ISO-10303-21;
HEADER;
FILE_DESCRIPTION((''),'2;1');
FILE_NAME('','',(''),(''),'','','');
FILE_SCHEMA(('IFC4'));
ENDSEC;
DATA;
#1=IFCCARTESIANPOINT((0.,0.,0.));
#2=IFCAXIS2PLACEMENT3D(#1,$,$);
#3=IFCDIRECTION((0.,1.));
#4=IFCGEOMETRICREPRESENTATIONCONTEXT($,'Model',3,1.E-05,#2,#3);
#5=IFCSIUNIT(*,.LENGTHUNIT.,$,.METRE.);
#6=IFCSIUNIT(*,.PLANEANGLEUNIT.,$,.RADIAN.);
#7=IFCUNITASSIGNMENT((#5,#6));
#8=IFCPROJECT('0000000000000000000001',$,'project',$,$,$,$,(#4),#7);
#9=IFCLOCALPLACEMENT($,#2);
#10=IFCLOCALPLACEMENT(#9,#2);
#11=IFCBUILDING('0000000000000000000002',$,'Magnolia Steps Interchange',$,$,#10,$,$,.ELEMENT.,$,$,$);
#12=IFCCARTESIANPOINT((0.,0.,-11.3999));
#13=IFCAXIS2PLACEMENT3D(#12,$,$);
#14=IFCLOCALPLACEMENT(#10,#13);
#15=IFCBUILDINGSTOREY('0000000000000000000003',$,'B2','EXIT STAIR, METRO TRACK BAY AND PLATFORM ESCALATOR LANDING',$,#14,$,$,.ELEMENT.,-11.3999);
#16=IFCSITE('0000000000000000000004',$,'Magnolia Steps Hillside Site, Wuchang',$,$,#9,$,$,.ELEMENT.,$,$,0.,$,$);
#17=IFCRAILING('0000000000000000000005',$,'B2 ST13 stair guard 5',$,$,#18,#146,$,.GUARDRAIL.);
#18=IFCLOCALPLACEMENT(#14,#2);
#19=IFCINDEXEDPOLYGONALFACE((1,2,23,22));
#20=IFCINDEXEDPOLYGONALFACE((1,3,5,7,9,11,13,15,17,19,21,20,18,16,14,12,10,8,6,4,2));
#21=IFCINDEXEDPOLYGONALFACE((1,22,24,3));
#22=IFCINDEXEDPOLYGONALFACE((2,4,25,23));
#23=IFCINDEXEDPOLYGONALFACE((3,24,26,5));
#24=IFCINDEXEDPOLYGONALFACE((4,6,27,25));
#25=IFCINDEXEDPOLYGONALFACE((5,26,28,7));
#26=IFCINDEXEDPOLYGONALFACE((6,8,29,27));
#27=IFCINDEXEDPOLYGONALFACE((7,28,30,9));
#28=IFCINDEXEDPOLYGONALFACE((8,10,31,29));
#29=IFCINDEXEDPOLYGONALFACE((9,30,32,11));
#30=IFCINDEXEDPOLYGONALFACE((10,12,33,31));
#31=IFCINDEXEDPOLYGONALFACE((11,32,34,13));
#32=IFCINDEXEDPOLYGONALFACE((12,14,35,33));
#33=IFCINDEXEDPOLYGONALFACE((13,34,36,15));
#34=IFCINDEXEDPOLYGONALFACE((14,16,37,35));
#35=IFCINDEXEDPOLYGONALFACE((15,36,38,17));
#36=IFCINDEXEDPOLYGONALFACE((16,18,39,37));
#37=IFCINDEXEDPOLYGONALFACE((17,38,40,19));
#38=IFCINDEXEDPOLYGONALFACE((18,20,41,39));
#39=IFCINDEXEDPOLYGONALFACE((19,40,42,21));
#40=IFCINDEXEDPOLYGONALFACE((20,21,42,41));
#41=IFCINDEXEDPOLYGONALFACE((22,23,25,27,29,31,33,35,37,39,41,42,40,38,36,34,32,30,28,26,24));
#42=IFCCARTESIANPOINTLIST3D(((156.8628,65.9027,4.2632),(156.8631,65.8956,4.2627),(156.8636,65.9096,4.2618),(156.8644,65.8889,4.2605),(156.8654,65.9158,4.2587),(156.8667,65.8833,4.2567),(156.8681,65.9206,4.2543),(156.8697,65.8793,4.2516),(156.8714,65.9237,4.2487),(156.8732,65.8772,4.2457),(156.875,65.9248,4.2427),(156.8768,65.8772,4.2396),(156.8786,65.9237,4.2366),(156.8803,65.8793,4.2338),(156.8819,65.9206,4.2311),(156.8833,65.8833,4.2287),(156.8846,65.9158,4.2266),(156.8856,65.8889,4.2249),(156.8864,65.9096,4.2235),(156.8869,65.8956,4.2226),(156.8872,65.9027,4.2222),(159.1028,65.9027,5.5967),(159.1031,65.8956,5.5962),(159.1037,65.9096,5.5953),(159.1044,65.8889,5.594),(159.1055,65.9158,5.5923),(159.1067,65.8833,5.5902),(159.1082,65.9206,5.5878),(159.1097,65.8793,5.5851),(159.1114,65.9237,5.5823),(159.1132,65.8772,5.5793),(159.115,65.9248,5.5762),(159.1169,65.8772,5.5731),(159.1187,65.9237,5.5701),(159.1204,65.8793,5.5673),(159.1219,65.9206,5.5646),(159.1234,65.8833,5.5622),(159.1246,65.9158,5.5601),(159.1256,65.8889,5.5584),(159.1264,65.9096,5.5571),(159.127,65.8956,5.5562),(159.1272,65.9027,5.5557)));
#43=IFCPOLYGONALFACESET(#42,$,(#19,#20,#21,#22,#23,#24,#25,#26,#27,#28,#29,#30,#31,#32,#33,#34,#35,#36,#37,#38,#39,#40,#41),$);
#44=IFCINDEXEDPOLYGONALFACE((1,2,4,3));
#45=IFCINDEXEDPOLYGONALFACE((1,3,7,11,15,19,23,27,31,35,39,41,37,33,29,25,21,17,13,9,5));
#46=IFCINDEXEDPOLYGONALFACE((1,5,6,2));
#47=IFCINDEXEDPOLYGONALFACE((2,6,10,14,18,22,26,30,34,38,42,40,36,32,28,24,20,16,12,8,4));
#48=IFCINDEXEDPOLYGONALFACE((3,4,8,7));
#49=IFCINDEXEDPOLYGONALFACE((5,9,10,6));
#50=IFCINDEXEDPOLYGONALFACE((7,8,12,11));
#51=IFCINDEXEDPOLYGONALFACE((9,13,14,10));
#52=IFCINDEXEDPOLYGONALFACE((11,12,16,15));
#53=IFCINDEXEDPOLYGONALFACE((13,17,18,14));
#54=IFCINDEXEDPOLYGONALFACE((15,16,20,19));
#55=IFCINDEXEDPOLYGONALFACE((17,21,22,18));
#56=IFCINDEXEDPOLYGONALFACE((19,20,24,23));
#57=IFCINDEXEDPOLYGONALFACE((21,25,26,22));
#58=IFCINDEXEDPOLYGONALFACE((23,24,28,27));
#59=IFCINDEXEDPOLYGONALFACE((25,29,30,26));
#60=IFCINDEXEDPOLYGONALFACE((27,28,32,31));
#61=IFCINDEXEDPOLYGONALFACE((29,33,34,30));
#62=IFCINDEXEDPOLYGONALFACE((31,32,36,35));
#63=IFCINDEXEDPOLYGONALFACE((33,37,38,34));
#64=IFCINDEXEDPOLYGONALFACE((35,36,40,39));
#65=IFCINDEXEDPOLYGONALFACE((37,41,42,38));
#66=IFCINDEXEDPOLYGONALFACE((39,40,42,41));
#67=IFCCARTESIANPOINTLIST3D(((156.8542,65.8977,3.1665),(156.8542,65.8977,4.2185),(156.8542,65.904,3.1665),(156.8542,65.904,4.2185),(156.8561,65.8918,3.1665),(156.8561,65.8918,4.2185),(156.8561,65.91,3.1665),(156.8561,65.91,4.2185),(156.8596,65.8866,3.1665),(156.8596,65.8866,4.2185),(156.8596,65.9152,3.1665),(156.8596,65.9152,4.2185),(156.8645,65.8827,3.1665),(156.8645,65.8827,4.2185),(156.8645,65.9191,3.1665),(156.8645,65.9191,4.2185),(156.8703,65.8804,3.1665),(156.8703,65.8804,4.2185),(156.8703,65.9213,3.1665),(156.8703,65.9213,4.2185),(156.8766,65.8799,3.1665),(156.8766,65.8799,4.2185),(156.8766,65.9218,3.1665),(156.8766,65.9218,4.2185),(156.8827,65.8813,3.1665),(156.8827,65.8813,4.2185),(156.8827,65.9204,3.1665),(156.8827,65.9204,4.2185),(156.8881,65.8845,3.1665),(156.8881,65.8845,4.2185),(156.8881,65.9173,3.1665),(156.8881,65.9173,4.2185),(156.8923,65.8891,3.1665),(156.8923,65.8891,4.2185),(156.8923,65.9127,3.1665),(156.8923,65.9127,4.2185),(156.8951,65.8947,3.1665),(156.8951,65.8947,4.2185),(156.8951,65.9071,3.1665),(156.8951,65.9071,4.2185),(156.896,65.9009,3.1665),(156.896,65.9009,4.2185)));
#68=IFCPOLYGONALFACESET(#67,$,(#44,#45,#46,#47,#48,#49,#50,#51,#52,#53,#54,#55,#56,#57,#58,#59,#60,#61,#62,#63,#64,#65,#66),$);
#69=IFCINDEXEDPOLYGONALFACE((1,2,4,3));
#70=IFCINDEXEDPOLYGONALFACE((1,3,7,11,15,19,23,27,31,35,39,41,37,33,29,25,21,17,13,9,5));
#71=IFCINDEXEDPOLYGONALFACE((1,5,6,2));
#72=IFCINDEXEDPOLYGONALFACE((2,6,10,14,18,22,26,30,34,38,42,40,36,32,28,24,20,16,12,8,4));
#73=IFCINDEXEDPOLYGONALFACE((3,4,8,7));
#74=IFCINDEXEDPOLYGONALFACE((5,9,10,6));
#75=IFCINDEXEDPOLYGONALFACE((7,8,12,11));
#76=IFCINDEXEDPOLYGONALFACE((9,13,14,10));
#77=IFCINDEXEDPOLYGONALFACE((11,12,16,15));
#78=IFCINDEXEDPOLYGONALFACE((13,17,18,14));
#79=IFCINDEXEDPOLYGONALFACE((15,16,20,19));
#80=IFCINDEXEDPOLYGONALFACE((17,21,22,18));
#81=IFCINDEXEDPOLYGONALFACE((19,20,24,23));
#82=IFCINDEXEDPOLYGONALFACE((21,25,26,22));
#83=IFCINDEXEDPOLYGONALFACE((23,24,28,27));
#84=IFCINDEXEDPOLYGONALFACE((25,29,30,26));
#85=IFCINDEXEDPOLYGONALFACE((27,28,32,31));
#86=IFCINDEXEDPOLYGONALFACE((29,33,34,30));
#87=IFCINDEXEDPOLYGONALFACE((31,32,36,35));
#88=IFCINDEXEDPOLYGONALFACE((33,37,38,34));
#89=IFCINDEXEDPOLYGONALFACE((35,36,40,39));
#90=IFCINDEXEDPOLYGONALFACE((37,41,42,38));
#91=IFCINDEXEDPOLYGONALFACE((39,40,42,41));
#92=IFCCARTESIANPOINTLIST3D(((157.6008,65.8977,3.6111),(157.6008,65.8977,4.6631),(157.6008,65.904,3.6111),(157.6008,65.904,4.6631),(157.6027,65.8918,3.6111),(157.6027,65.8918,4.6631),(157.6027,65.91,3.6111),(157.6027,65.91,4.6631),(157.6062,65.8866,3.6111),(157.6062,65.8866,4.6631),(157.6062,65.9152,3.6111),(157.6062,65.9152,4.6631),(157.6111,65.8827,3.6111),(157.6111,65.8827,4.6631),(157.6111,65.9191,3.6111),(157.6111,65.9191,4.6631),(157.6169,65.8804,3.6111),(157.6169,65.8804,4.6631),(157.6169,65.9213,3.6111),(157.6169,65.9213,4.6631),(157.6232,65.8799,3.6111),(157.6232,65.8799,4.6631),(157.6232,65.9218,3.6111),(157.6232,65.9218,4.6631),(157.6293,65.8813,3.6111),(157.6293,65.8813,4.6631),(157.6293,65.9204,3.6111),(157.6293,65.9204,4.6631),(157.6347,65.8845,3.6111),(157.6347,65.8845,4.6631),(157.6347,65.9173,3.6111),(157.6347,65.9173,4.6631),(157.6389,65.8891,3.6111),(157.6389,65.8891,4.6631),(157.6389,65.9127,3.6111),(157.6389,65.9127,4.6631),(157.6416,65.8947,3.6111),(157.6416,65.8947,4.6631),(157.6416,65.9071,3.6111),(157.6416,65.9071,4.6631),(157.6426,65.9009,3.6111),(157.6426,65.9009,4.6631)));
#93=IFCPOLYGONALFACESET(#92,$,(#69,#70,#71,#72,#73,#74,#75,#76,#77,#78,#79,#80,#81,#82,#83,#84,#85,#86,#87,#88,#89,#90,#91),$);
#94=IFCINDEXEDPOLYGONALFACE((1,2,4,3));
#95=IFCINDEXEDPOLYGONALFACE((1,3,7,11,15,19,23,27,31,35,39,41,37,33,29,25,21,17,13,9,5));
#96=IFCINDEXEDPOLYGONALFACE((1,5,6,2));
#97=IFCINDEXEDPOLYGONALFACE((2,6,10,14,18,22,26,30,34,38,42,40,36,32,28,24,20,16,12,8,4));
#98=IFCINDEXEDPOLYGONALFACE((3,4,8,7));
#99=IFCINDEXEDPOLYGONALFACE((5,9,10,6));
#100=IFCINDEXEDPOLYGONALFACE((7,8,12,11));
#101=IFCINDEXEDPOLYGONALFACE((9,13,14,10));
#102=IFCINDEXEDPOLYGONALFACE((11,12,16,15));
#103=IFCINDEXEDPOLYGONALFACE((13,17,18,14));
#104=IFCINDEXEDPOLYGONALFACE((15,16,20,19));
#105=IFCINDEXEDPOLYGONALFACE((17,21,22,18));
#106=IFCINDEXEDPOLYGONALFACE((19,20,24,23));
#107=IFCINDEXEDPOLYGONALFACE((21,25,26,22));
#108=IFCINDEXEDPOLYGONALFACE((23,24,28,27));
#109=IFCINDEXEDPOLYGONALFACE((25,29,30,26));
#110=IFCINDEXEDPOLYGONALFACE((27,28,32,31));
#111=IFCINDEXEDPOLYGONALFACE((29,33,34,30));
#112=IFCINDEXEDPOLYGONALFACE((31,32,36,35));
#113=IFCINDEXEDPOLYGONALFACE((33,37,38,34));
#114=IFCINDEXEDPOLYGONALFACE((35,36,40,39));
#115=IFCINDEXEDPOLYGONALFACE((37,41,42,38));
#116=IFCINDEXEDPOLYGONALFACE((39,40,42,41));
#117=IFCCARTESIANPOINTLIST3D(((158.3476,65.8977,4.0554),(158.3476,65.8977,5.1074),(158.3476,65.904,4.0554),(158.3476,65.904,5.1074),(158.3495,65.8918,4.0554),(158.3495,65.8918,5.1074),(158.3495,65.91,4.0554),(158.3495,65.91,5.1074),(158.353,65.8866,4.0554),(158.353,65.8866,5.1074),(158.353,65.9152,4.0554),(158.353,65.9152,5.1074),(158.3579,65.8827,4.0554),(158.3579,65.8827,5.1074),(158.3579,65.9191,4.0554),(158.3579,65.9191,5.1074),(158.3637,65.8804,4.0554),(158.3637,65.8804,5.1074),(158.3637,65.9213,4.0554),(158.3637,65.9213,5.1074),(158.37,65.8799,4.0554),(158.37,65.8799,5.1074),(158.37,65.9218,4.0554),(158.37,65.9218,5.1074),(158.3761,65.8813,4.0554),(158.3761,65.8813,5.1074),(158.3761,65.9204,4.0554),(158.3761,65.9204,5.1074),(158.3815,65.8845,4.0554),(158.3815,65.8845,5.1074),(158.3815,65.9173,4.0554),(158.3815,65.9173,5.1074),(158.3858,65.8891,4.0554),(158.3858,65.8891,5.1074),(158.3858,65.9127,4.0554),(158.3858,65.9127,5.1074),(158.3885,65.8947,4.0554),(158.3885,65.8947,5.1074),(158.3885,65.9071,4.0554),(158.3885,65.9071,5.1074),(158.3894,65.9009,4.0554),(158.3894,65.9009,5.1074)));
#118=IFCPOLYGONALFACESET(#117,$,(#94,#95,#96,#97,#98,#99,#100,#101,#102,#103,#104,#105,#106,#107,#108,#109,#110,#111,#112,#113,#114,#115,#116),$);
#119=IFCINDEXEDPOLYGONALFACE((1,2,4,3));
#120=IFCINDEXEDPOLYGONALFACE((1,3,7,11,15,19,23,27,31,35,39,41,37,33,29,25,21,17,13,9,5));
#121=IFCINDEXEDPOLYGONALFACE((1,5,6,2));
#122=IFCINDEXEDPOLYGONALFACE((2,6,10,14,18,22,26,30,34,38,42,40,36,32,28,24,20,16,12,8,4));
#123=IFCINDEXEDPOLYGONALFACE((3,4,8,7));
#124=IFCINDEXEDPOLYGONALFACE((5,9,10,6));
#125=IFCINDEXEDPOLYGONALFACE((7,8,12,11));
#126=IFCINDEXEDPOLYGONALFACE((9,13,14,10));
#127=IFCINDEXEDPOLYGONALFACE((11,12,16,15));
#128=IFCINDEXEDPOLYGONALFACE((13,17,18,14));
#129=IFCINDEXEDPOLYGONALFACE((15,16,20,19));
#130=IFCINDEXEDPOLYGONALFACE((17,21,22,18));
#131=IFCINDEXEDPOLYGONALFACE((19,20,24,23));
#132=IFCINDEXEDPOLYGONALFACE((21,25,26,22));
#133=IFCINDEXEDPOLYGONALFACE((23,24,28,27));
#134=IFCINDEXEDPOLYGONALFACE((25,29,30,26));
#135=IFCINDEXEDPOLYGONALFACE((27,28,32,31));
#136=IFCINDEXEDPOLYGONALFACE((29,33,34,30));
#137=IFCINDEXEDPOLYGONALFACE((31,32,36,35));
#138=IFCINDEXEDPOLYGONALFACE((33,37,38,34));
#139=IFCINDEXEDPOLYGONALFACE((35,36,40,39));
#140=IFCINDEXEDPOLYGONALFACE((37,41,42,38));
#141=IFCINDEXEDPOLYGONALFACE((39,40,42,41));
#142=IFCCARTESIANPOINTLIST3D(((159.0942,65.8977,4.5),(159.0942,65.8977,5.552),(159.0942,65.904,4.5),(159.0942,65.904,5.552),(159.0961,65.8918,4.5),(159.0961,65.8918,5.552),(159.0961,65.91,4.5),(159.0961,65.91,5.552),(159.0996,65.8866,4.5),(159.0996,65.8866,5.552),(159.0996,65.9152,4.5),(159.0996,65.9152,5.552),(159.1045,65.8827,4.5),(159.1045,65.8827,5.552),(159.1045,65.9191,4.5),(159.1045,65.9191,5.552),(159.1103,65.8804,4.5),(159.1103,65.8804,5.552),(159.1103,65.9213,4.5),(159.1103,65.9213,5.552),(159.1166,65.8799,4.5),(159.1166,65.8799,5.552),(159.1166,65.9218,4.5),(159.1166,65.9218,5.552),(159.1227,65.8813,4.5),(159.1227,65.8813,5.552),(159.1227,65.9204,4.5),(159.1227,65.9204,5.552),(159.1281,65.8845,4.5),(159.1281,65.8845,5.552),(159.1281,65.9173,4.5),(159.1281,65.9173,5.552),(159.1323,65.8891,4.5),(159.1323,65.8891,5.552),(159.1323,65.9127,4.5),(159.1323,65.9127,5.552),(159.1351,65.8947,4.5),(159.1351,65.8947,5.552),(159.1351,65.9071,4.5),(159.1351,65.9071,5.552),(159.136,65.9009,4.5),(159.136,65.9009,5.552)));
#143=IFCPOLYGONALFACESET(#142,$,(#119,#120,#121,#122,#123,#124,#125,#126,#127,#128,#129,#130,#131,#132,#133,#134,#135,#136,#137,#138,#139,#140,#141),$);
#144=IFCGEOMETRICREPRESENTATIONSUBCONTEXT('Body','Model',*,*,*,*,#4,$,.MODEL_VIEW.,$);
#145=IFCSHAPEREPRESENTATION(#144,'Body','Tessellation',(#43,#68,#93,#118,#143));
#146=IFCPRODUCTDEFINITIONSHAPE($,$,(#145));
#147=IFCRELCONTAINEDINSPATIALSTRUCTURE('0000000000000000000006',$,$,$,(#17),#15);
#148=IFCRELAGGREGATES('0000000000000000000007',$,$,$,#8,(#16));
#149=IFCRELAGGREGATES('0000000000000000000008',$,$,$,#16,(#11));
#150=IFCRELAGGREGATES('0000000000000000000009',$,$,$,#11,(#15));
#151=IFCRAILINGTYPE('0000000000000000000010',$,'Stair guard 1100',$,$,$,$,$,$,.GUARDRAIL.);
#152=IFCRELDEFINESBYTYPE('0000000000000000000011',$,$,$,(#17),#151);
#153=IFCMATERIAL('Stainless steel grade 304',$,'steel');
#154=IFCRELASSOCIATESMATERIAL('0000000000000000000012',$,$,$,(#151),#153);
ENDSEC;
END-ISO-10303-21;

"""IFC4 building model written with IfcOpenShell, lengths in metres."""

from ifc_helpers import new_model, si_unit, direction, frame, origin, origin_2d, place, context, subcontext, project, spatial, circle, extrude, material, type_object, element, save


model = new_model("IFC4")

# Units and contexts
model_context = context("Model", 3, precision=1e-05, world=origin(), true_north=direction((0.0, 1.0)))
body_context = subcontext(model_context, "Body", "Model", "MODEL_VIEW")
ifc_project = project(units=[si_unit("LENGTHUNIT", "METRE"), si_unit("PLANEANGLEUNIT", "RADIAN")], contexts=[model_context])

# Site, building, storey
site_placement = place(None, origin())
site = spatial("IfcSite", under=ifc_project, at=site_placement, Name="Magnolia Steps Hillside Site, Wuchang", CompositionType="ELEMENT", RefElevation=0.0)
building_placement = place(site_placement, origin())
building = spatial("IfcBuilding", under=site, at=building_placement, Name="Magnolia Steps Interchange", CompositionType="ELEMENT")
storey_placement = place(building_placement, frame((0.0, 0.0, -11.3999)))
storey = spatial("IfcBuildingStorey", under=building, at=storey_placement, Name="B2", Description="EXIT STAIR, METRO TRACK BAY AND PLATFORM ESCALATOR LANDING", CompositionType="ELEMENT", Elevation=-11.3999)

# Railing
ifc_material_1 = material(Name="Stainless steel grade 304", Category="steel")
railing_type_1 = type_object("IfcRailingType", Name="Stair guard 1100", PredefinedType="GUARDRAIL", material=ifc_material_1)
railing_1_placement = place(storey_placement, frame((156.875, 65.9009, 3.1665)))
element("IfcRailing", 1, at=railing_1_placement, inside=storey, type_object=railing_type_1, Name="B2 ST13 stair guard 5", PredefinedType="GUARDRAIL", context=body_context, shape_type="SweptSolid", body=[
    extrude(circle(Radius=0.0239, at=origin_2d()), frame((0.0, 0.0, 1.0762), z_axis=(0.859264, 0.0, 0.511532), x_axis=(0.0, 1.0, 0.0)), (0.0, 0.0, 1.0), 2.6069),
    extrude(circle(Radius=0.021, at=origin_2d()), origin(), (0.0, 0.0, 1.0), 1.052),
    extrude(circle(Radius=0.021, at=origin_2d()), frame((0.7466, 0.0, 0.4446)), (0.0, 0.0, 1.0), 1.052),
    extrude(circle(Radius=0.021, at=origin_2d()), frame((1.4934, 0.0, 0.8889)), (0.0, 0.0, 1.0), 1.052),
    extrude(circle(Radius=0.021, at=origin_2d()), frame((2.24, 0.0, 1.3335)), (0.0, 0.0, 1.0), 1.052),
])

save(model, "model.ifc")
